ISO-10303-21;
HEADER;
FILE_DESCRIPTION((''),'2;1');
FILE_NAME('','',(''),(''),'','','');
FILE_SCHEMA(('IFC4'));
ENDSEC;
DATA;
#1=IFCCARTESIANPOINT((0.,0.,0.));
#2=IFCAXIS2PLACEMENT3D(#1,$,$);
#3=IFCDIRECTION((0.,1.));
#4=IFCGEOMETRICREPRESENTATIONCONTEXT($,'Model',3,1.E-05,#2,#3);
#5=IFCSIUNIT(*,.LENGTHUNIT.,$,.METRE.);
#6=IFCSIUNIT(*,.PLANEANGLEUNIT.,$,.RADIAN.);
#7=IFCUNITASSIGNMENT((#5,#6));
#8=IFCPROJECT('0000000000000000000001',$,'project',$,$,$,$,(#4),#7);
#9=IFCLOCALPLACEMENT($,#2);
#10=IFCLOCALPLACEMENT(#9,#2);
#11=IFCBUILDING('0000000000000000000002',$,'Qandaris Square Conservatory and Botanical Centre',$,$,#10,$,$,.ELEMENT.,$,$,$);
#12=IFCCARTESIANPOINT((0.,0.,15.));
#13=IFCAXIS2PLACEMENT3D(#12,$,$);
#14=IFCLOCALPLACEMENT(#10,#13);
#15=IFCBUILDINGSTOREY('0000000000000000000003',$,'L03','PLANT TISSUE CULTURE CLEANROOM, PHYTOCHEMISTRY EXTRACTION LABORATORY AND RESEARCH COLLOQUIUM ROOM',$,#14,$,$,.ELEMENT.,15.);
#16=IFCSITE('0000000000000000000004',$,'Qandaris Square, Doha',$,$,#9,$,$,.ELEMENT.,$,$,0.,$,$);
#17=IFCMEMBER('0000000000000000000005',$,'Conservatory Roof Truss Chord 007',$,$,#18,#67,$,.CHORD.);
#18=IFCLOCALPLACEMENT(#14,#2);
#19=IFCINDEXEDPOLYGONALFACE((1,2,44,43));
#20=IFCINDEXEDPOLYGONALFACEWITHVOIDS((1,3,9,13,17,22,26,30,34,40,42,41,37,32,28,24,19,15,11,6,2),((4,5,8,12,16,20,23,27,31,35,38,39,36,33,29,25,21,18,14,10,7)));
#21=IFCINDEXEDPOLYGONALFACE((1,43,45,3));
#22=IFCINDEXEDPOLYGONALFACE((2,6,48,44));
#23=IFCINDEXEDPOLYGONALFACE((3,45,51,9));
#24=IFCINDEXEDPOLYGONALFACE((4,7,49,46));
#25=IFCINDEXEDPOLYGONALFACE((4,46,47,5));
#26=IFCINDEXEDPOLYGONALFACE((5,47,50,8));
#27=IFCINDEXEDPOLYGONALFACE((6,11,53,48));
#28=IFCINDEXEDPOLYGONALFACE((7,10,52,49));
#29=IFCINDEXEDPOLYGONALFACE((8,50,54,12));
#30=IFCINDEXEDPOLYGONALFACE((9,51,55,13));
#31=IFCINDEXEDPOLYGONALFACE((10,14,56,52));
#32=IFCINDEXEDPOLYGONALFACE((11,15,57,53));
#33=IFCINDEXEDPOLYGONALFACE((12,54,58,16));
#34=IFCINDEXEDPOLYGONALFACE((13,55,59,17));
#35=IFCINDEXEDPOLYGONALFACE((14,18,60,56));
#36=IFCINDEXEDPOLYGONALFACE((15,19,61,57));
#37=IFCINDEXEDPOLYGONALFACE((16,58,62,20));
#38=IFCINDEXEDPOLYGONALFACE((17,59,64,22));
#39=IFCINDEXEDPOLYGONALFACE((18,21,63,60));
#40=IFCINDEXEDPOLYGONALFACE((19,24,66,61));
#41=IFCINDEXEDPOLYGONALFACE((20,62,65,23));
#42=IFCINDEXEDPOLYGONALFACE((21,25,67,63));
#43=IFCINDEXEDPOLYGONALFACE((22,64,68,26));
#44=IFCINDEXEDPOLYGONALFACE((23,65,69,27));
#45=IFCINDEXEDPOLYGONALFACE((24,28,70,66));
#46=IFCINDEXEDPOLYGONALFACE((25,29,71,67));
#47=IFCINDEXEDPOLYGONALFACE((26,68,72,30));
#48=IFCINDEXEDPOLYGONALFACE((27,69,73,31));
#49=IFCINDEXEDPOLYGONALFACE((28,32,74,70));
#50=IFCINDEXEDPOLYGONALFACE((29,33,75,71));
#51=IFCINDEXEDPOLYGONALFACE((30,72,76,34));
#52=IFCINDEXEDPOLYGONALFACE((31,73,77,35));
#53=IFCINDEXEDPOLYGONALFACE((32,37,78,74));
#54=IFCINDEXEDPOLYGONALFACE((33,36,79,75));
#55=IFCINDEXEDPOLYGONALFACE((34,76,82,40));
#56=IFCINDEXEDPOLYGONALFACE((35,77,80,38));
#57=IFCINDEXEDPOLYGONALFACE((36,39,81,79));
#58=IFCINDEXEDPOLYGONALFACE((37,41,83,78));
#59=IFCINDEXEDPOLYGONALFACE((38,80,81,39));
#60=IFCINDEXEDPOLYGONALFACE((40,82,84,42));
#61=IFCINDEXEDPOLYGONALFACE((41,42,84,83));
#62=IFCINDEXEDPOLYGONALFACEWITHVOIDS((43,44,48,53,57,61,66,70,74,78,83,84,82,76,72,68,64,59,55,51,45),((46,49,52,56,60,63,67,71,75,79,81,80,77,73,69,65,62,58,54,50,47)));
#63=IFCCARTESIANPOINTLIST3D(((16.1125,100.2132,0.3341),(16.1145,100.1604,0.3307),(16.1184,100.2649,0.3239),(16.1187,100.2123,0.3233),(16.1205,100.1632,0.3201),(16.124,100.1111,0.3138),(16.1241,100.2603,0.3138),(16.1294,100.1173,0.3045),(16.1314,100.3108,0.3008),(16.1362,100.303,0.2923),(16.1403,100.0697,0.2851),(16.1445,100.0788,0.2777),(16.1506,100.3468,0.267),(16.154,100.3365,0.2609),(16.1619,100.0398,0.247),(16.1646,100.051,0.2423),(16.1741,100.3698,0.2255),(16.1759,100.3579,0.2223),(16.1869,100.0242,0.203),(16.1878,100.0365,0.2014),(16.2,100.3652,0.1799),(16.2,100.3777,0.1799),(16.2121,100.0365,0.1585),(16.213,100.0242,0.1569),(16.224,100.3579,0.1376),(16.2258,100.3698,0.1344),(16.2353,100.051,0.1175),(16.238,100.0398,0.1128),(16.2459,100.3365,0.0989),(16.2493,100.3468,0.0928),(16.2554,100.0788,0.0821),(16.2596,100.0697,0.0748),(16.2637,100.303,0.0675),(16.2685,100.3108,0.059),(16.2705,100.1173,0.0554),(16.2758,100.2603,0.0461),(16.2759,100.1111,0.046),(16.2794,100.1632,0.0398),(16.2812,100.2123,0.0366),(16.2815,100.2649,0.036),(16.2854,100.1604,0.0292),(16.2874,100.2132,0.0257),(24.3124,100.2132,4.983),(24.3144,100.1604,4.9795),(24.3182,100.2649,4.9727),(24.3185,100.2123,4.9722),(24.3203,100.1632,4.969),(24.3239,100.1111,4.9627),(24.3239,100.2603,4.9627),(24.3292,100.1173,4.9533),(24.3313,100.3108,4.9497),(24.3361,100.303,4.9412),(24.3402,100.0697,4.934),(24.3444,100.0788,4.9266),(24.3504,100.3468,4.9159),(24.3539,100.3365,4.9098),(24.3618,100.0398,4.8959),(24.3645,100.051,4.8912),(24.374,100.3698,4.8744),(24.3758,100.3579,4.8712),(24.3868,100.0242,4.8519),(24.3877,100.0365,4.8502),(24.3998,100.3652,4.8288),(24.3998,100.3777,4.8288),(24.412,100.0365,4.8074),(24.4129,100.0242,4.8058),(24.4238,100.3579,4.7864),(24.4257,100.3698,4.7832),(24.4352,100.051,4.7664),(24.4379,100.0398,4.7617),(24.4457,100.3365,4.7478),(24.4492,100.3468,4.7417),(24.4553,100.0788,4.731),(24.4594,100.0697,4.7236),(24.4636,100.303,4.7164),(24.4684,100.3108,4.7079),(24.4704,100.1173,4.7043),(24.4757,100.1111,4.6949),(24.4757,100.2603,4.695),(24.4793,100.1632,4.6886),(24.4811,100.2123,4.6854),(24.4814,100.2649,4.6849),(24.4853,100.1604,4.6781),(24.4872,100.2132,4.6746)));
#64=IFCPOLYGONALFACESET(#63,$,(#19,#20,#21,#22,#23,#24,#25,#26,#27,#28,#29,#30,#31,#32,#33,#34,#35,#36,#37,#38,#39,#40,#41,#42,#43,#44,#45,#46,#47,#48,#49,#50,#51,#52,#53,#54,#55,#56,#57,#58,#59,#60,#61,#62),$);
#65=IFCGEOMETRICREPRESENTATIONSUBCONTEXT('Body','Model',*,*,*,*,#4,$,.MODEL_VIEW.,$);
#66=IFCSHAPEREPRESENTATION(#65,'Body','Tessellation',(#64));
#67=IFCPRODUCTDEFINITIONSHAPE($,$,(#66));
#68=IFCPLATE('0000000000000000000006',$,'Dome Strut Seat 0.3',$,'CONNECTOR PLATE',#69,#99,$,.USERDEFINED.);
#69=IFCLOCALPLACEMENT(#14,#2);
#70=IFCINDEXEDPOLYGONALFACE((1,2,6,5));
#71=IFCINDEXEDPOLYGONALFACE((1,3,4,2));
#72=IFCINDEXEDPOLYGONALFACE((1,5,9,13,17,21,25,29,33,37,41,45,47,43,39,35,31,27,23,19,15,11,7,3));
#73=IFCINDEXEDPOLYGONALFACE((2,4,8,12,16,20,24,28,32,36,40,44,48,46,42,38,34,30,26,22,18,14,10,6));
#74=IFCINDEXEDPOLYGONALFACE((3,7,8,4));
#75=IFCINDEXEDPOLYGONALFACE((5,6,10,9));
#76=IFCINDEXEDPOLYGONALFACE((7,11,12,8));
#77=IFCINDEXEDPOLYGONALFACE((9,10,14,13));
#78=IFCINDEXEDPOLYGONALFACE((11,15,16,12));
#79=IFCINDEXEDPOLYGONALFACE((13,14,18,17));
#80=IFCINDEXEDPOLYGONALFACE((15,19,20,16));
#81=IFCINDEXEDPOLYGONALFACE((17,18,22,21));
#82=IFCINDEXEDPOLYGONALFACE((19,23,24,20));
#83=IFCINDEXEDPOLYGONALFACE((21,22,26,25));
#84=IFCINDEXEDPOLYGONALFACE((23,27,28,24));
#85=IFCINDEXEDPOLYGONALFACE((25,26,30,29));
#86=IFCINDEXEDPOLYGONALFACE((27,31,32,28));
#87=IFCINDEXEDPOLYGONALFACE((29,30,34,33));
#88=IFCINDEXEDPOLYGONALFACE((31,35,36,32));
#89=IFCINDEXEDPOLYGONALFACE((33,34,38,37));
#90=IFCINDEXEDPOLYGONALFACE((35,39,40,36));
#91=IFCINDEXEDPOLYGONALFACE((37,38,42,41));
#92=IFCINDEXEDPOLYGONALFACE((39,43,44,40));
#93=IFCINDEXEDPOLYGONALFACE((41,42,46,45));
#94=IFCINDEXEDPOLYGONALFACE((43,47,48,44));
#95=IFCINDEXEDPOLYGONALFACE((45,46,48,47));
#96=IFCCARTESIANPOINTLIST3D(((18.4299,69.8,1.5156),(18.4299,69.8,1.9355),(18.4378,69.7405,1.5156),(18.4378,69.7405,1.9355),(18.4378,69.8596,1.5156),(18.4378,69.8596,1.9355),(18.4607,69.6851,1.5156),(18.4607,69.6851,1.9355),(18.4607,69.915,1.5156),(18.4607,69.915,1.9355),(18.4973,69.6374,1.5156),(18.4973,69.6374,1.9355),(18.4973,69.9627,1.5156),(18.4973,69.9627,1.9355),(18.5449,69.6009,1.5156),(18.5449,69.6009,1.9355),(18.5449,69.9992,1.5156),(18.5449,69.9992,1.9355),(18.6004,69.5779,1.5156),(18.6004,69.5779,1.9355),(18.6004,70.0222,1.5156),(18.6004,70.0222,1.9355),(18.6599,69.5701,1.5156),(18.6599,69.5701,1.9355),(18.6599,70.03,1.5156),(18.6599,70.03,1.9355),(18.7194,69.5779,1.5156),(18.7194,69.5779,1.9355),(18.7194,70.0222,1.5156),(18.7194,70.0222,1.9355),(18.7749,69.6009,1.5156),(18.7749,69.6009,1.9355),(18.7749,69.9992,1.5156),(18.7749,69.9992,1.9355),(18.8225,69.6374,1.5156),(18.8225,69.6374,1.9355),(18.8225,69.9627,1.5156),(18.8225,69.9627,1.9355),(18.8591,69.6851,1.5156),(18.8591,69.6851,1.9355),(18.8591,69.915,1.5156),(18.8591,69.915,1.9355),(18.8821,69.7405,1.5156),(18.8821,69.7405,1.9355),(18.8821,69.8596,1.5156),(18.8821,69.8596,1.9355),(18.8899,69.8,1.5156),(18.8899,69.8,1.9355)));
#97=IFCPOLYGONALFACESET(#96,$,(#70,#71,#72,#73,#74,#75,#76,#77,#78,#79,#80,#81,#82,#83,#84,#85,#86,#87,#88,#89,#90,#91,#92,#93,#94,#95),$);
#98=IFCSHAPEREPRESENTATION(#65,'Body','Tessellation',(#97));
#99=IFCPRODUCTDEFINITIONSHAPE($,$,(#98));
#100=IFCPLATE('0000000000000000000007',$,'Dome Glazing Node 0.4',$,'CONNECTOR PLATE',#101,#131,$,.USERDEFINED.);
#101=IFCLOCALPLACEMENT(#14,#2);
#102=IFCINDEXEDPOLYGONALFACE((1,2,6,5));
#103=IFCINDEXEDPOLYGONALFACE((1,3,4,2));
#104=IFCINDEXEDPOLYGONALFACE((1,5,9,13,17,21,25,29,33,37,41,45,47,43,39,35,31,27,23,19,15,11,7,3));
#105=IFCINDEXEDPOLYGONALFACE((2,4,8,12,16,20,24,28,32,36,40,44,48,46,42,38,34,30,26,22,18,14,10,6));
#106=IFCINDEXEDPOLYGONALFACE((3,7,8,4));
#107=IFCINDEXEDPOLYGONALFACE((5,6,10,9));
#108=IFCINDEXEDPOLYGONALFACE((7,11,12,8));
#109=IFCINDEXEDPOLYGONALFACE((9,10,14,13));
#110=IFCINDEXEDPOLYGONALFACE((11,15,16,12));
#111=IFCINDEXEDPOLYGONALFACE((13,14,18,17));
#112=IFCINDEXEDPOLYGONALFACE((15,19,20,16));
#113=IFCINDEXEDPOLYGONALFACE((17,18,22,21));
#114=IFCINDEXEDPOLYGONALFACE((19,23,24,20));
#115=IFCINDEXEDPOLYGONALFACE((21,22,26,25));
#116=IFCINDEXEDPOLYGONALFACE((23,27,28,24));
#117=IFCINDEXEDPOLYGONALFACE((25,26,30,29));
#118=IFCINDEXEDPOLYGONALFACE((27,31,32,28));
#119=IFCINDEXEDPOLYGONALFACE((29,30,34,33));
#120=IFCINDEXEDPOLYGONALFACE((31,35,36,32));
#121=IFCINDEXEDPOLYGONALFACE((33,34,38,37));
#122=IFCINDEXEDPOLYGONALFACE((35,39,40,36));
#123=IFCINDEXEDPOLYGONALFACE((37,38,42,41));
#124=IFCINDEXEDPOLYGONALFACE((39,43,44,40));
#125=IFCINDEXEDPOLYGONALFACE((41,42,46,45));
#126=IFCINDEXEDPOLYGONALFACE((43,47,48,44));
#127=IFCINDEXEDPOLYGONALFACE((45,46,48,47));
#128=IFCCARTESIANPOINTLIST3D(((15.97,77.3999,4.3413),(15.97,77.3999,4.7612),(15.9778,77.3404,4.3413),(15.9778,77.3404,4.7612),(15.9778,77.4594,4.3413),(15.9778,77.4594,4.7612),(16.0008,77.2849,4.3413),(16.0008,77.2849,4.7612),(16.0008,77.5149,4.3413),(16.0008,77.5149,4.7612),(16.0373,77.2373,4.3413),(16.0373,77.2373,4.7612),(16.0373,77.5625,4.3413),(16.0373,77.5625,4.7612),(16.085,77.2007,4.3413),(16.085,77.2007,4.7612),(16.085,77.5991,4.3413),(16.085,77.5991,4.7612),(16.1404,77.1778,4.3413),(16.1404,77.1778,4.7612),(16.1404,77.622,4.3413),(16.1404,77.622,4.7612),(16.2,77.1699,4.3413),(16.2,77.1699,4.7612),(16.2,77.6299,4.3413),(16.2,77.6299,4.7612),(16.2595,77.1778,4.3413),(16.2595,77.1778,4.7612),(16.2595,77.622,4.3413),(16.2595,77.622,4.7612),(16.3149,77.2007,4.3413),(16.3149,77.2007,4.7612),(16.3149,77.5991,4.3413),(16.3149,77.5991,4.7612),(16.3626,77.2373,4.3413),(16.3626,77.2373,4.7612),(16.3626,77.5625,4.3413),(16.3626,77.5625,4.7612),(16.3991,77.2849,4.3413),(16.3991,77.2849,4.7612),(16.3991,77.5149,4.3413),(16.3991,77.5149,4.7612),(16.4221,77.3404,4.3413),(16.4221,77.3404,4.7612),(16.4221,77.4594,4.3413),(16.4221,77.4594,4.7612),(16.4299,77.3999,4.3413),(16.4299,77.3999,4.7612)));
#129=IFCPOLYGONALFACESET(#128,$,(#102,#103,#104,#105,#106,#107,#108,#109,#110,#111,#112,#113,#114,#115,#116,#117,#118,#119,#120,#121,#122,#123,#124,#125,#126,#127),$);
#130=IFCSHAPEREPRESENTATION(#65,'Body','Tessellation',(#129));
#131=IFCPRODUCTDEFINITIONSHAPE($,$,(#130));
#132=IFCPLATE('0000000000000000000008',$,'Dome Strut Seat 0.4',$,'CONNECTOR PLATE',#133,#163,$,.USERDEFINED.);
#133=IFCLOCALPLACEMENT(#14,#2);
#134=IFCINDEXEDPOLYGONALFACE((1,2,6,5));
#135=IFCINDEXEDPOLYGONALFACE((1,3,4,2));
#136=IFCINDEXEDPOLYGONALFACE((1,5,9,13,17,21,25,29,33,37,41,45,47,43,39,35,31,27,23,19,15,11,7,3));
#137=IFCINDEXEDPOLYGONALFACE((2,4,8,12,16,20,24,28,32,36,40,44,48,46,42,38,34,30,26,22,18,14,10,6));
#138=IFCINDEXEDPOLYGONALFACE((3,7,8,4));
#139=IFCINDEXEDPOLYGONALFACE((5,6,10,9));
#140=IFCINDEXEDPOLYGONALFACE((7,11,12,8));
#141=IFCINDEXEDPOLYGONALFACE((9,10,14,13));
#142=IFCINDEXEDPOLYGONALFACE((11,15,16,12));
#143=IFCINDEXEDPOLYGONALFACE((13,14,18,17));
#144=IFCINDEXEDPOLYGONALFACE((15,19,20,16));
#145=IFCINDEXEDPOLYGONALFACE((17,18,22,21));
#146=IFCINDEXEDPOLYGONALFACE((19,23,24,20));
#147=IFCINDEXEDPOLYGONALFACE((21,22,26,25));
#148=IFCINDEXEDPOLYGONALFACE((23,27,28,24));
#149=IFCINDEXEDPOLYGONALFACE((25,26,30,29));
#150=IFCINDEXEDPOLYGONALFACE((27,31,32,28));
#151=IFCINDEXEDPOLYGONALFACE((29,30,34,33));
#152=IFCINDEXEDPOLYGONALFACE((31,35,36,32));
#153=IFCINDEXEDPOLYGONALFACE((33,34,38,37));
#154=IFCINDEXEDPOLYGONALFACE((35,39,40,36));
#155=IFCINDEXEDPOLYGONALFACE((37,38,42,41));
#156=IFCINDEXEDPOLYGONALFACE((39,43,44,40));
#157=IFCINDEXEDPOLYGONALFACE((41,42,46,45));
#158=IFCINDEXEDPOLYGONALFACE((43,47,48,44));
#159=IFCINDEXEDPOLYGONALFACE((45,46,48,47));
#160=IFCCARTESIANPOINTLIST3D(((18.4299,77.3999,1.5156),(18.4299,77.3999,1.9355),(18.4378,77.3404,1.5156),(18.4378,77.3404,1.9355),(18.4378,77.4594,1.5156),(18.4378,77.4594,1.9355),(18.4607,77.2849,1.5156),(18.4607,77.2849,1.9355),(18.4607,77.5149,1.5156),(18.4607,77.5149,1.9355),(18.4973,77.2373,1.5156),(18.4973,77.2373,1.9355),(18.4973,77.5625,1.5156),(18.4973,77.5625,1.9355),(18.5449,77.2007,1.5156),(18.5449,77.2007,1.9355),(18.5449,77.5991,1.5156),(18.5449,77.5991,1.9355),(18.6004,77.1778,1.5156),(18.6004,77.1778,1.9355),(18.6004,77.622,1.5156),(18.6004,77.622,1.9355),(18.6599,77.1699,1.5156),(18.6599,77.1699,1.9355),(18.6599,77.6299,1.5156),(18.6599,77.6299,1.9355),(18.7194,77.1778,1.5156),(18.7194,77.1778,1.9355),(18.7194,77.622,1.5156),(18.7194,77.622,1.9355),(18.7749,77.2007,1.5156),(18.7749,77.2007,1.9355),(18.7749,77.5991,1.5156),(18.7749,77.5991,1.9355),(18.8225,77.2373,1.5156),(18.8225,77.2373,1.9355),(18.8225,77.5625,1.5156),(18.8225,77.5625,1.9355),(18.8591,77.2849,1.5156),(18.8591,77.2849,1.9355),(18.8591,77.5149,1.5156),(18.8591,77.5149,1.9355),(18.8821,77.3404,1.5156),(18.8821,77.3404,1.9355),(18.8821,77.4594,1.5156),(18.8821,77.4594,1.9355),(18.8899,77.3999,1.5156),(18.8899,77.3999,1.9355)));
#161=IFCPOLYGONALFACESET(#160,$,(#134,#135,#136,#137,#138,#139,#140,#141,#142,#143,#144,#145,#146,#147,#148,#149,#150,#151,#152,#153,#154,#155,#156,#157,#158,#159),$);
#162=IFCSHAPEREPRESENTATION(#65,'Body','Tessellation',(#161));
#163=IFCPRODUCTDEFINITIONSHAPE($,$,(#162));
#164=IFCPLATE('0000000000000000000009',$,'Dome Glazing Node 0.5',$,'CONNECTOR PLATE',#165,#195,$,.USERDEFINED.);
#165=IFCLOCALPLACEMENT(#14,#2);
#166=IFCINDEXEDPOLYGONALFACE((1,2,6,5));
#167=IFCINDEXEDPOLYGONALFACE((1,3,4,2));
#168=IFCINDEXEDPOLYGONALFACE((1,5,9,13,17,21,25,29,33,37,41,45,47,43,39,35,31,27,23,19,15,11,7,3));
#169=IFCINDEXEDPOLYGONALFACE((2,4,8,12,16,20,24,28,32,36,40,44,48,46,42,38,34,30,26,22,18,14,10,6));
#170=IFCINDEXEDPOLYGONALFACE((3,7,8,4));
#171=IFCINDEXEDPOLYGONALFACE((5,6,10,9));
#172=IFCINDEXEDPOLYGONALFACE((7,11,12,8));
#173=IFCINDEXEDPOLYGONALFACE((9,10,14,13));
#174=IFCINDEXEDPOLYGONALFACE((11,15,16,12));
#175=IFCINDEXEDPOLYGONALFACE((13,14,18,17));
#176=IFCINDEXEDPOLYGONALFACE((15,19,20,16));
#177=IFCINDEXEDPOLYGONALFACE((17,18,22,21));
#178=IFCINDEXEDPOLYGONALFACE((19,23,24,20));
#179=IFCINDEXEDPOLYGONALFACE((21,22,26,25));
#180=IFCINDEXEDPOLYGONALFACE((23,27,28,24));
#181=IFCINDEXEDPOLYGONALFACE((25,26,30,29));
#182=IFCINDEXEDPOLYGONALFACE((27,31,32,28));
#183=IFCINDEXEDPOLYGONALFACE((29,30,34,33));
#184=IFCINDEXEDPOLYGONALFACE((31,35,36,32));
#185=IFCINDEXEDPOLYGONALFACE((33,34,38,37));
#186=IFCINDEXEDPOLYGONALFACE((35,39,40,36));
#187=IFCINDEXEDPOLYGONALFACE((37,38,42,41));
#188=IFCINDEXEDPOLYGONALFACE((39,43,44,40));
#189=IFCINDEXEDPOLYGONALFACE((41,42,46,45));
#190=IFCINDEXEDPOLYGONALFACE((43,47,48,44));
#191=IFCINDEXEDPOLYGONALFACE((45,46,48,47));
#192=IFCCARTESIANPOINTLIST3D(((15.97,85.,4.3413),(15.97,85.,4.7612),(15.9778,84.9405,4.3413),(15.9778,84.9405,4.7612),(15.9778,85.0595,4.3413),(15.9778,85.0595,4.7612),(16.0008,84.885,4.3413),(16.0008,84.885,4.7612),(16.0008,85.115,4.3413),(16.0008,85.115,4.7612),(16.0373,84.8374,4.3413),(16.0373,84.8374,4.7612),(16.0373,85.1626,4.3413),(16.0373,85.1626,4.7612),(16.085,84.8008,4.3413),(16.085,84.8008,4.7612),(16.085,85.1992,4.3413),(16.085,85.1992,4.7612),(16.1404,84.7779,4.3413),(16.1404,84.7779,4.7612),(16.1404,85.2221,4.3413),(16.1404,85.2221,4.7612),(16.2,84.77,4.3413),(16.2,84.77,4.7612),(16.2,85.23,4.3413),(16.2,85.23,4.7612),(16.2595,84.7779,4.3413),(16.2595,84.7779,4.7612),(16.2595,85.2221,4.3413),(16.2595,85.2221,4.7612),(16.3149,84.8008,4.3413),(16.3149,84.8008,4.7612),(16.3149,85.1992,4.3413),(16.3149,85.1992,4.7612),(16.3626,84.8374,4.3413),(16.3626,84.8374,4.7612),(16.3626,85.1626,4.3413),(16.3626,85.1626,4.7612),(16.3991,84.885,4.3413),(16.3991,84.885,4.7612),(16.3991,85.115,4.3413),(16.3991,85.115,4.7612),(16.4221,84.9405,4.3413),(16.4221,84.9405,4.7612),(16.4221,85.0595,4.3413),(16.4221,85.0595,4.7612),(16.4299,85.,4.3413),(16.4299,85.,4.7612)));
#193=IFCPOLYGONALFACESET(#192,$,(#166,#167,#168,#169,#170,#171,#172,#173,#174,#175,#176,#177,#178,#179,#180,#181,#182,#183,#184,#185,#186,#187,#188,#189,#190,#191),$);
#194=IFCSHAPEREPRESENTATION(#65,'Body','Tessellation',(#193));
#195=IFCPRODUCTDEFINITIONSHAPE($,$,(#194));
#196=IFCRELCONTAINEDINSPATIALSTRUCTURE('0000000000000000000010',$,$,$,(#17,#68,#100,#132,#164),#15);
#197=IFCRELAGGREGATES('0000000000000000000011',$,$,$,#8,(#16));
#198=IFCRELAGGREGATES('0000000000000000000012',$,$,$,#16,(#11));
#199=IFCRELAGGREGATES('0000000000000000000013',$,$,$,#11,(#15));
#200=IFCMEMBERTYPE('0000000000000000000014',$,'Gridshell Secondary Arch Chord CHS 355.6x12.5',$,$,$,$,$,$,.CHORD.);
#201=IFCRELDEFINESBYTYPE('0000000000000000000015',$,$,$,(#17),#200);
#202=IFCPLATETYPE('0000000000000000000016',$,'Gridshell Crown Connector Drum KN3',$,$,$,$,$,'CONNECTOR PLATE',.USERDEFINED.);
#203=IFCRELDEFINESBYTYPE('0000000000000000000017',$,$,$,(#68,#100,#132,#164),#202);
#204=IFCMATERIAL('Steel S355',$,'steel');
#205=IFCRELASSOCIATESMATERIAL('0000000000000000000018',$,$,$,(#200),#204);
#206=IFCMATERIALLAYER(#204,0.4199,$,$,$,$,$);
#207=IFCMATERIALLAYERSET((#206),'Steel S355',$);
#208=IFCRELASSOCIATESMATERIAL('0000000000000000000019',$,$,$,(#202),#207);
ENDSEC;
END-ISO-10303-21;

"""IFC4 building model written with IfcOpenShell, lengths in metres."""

from ifc_helpers import new_model, si_unit, direction, frame, origin, origin_2d, place, context, subcontext, project, spatial, circle, hollow_circle, extrude, material, layer, layer_set, material_profile, profile_set, type_object, element, save


model = new_model("IFC4")

# Units and contexts
model_context = context("Model", 3, precision=1e-05, world=origin(), true_north=direction((0.0, 1.0)))
body_context = subcontext(model_context, "Body", "Model", "MODEL_VIEW")
ifc_project = project(units=[si_unit("LENGTHUNIT", "METRE"), si_unit("PLANEANGLEUNIT", "RADIAN")], contexts=[model_context])

# Site, building, storey
site_placement = place(None, origin())
site = spatial("IfcSite", under=ifc_project, at=site_placement, Name="Qandaris Square, Doha", CompositionType="ELEMENT", RefElevation=0.0)
building_placement = place(site_placement, origin())
building = spatial("IfcBuilding", under=site, at=building_placement, Name="Qandaris Square Conservatory and Botanical Centre", CompositionType="ELEMENT")
storey_placement = place(building_placement, frame((0.0, 0.0, 15.0)))
storey = spatial("IfcBuildingStorey", under=building, at=storey_placement, Name="L03", Description="PLANT TISSUE CULTURE CLEANROOM, PHYTOCHEMISTRY EXTRACTION LABORATORY AND RESEARCH COLLOQUIUM ROOM", CompositionType="ELEMENT", Elevation=15.0)

# Member
ifc_material_1 = material(Name="Steel S355", Category="steel")
ifc_material_profile_1 = material_profile(ifc_material_1, hollow_circle(Radius=0.1777, WallThickness=0.0125, at=origin_2d()), Name="CHS 355.6x12.5")
ifc_profile_set_1 = profile_set([ifc_material_profile_1], Name="Steel S355")
member_type_1 = type_object("IfcMemberType", Name="Gridshell Secondary Arch Chord CHS 355.6x12.5", PredefinedType="CHORD", material=ifc_profile_set_1)
member_1_placement = place(storey_placement, frame((16.2, 100.2, 0.1799), z_axis=(0.869918, 0.0, 0.493196), x_axis=(0.0, 1.0, 0.0)))
element("IfcMember", 1, at=member_1_placement, inside=storey, type_object=member_type_1, Name="Conservatory Roof Truss Chord 007", PredefinedType="CHORD", context=body_context, shape_type="SweptSolid", body=[
    extrude(hollow_circle(Radius=0.1777, WallThickness=0.0125, at=origin_2d()), origin(), (0.0, 0.0, 1.0), 9.426),
])

# Plates
ifc_layer_1 = layer(ifc_material_1, 0.4199)
ifc_layer_set_1 = layer_set([ifc_layer_1], Name="Steel S355")
plate_type_1 = type_object("IfcPlateType", Name="Gridshell Crown Connector Drum KN3", ElementType="CONNECTOR PLATE", PredefinedType="USERDEFINED", material=ifc_layer_set_1)
for number, where, z_axis, x_axis, name in (
    (2, (18.6599, 69.8, 1.5156), (0.0, 0.0, 1.0), (1.0, 0.0, 0.0), "Dome Strut Seat 0.3"),
    (3, (16.2, 77.3999, 4.3413), (0.0, 0.0, 1.0), (1.0, 0.0, 0.0), "Dome Glazing Node 0.4"),
    (4, (18.6599, 77.3999, 1.5156), (0.0, 0.0, 1.0), (1.0, 0.0, 0.0), "Dome Strut Seat 0.4"),
    (5, (16.2, 85.0, 4.3413), (0.0, 0.0, 1.0), (1.0, 0.0, 0.0), "Dome Glazing Node 0.5"),
):
    element("IfcPlate", number, at=place(storey_placement, frame(where, z_axis=z_axis, x_axis=x_axis)), inside=storey, type_object=plate_type_1, Name=name, ObjectType="CONNECTOR PLATE", PredefinedType="USERDEFINED", context=body_context, shape_type="SweptSolid", body=[
        extrude(circle(Radius=0.23, at=origin_2d()), origin(), (0.0, 0.0, 1.0), 0.4199),
    ])

save(model, "model.ifc")
